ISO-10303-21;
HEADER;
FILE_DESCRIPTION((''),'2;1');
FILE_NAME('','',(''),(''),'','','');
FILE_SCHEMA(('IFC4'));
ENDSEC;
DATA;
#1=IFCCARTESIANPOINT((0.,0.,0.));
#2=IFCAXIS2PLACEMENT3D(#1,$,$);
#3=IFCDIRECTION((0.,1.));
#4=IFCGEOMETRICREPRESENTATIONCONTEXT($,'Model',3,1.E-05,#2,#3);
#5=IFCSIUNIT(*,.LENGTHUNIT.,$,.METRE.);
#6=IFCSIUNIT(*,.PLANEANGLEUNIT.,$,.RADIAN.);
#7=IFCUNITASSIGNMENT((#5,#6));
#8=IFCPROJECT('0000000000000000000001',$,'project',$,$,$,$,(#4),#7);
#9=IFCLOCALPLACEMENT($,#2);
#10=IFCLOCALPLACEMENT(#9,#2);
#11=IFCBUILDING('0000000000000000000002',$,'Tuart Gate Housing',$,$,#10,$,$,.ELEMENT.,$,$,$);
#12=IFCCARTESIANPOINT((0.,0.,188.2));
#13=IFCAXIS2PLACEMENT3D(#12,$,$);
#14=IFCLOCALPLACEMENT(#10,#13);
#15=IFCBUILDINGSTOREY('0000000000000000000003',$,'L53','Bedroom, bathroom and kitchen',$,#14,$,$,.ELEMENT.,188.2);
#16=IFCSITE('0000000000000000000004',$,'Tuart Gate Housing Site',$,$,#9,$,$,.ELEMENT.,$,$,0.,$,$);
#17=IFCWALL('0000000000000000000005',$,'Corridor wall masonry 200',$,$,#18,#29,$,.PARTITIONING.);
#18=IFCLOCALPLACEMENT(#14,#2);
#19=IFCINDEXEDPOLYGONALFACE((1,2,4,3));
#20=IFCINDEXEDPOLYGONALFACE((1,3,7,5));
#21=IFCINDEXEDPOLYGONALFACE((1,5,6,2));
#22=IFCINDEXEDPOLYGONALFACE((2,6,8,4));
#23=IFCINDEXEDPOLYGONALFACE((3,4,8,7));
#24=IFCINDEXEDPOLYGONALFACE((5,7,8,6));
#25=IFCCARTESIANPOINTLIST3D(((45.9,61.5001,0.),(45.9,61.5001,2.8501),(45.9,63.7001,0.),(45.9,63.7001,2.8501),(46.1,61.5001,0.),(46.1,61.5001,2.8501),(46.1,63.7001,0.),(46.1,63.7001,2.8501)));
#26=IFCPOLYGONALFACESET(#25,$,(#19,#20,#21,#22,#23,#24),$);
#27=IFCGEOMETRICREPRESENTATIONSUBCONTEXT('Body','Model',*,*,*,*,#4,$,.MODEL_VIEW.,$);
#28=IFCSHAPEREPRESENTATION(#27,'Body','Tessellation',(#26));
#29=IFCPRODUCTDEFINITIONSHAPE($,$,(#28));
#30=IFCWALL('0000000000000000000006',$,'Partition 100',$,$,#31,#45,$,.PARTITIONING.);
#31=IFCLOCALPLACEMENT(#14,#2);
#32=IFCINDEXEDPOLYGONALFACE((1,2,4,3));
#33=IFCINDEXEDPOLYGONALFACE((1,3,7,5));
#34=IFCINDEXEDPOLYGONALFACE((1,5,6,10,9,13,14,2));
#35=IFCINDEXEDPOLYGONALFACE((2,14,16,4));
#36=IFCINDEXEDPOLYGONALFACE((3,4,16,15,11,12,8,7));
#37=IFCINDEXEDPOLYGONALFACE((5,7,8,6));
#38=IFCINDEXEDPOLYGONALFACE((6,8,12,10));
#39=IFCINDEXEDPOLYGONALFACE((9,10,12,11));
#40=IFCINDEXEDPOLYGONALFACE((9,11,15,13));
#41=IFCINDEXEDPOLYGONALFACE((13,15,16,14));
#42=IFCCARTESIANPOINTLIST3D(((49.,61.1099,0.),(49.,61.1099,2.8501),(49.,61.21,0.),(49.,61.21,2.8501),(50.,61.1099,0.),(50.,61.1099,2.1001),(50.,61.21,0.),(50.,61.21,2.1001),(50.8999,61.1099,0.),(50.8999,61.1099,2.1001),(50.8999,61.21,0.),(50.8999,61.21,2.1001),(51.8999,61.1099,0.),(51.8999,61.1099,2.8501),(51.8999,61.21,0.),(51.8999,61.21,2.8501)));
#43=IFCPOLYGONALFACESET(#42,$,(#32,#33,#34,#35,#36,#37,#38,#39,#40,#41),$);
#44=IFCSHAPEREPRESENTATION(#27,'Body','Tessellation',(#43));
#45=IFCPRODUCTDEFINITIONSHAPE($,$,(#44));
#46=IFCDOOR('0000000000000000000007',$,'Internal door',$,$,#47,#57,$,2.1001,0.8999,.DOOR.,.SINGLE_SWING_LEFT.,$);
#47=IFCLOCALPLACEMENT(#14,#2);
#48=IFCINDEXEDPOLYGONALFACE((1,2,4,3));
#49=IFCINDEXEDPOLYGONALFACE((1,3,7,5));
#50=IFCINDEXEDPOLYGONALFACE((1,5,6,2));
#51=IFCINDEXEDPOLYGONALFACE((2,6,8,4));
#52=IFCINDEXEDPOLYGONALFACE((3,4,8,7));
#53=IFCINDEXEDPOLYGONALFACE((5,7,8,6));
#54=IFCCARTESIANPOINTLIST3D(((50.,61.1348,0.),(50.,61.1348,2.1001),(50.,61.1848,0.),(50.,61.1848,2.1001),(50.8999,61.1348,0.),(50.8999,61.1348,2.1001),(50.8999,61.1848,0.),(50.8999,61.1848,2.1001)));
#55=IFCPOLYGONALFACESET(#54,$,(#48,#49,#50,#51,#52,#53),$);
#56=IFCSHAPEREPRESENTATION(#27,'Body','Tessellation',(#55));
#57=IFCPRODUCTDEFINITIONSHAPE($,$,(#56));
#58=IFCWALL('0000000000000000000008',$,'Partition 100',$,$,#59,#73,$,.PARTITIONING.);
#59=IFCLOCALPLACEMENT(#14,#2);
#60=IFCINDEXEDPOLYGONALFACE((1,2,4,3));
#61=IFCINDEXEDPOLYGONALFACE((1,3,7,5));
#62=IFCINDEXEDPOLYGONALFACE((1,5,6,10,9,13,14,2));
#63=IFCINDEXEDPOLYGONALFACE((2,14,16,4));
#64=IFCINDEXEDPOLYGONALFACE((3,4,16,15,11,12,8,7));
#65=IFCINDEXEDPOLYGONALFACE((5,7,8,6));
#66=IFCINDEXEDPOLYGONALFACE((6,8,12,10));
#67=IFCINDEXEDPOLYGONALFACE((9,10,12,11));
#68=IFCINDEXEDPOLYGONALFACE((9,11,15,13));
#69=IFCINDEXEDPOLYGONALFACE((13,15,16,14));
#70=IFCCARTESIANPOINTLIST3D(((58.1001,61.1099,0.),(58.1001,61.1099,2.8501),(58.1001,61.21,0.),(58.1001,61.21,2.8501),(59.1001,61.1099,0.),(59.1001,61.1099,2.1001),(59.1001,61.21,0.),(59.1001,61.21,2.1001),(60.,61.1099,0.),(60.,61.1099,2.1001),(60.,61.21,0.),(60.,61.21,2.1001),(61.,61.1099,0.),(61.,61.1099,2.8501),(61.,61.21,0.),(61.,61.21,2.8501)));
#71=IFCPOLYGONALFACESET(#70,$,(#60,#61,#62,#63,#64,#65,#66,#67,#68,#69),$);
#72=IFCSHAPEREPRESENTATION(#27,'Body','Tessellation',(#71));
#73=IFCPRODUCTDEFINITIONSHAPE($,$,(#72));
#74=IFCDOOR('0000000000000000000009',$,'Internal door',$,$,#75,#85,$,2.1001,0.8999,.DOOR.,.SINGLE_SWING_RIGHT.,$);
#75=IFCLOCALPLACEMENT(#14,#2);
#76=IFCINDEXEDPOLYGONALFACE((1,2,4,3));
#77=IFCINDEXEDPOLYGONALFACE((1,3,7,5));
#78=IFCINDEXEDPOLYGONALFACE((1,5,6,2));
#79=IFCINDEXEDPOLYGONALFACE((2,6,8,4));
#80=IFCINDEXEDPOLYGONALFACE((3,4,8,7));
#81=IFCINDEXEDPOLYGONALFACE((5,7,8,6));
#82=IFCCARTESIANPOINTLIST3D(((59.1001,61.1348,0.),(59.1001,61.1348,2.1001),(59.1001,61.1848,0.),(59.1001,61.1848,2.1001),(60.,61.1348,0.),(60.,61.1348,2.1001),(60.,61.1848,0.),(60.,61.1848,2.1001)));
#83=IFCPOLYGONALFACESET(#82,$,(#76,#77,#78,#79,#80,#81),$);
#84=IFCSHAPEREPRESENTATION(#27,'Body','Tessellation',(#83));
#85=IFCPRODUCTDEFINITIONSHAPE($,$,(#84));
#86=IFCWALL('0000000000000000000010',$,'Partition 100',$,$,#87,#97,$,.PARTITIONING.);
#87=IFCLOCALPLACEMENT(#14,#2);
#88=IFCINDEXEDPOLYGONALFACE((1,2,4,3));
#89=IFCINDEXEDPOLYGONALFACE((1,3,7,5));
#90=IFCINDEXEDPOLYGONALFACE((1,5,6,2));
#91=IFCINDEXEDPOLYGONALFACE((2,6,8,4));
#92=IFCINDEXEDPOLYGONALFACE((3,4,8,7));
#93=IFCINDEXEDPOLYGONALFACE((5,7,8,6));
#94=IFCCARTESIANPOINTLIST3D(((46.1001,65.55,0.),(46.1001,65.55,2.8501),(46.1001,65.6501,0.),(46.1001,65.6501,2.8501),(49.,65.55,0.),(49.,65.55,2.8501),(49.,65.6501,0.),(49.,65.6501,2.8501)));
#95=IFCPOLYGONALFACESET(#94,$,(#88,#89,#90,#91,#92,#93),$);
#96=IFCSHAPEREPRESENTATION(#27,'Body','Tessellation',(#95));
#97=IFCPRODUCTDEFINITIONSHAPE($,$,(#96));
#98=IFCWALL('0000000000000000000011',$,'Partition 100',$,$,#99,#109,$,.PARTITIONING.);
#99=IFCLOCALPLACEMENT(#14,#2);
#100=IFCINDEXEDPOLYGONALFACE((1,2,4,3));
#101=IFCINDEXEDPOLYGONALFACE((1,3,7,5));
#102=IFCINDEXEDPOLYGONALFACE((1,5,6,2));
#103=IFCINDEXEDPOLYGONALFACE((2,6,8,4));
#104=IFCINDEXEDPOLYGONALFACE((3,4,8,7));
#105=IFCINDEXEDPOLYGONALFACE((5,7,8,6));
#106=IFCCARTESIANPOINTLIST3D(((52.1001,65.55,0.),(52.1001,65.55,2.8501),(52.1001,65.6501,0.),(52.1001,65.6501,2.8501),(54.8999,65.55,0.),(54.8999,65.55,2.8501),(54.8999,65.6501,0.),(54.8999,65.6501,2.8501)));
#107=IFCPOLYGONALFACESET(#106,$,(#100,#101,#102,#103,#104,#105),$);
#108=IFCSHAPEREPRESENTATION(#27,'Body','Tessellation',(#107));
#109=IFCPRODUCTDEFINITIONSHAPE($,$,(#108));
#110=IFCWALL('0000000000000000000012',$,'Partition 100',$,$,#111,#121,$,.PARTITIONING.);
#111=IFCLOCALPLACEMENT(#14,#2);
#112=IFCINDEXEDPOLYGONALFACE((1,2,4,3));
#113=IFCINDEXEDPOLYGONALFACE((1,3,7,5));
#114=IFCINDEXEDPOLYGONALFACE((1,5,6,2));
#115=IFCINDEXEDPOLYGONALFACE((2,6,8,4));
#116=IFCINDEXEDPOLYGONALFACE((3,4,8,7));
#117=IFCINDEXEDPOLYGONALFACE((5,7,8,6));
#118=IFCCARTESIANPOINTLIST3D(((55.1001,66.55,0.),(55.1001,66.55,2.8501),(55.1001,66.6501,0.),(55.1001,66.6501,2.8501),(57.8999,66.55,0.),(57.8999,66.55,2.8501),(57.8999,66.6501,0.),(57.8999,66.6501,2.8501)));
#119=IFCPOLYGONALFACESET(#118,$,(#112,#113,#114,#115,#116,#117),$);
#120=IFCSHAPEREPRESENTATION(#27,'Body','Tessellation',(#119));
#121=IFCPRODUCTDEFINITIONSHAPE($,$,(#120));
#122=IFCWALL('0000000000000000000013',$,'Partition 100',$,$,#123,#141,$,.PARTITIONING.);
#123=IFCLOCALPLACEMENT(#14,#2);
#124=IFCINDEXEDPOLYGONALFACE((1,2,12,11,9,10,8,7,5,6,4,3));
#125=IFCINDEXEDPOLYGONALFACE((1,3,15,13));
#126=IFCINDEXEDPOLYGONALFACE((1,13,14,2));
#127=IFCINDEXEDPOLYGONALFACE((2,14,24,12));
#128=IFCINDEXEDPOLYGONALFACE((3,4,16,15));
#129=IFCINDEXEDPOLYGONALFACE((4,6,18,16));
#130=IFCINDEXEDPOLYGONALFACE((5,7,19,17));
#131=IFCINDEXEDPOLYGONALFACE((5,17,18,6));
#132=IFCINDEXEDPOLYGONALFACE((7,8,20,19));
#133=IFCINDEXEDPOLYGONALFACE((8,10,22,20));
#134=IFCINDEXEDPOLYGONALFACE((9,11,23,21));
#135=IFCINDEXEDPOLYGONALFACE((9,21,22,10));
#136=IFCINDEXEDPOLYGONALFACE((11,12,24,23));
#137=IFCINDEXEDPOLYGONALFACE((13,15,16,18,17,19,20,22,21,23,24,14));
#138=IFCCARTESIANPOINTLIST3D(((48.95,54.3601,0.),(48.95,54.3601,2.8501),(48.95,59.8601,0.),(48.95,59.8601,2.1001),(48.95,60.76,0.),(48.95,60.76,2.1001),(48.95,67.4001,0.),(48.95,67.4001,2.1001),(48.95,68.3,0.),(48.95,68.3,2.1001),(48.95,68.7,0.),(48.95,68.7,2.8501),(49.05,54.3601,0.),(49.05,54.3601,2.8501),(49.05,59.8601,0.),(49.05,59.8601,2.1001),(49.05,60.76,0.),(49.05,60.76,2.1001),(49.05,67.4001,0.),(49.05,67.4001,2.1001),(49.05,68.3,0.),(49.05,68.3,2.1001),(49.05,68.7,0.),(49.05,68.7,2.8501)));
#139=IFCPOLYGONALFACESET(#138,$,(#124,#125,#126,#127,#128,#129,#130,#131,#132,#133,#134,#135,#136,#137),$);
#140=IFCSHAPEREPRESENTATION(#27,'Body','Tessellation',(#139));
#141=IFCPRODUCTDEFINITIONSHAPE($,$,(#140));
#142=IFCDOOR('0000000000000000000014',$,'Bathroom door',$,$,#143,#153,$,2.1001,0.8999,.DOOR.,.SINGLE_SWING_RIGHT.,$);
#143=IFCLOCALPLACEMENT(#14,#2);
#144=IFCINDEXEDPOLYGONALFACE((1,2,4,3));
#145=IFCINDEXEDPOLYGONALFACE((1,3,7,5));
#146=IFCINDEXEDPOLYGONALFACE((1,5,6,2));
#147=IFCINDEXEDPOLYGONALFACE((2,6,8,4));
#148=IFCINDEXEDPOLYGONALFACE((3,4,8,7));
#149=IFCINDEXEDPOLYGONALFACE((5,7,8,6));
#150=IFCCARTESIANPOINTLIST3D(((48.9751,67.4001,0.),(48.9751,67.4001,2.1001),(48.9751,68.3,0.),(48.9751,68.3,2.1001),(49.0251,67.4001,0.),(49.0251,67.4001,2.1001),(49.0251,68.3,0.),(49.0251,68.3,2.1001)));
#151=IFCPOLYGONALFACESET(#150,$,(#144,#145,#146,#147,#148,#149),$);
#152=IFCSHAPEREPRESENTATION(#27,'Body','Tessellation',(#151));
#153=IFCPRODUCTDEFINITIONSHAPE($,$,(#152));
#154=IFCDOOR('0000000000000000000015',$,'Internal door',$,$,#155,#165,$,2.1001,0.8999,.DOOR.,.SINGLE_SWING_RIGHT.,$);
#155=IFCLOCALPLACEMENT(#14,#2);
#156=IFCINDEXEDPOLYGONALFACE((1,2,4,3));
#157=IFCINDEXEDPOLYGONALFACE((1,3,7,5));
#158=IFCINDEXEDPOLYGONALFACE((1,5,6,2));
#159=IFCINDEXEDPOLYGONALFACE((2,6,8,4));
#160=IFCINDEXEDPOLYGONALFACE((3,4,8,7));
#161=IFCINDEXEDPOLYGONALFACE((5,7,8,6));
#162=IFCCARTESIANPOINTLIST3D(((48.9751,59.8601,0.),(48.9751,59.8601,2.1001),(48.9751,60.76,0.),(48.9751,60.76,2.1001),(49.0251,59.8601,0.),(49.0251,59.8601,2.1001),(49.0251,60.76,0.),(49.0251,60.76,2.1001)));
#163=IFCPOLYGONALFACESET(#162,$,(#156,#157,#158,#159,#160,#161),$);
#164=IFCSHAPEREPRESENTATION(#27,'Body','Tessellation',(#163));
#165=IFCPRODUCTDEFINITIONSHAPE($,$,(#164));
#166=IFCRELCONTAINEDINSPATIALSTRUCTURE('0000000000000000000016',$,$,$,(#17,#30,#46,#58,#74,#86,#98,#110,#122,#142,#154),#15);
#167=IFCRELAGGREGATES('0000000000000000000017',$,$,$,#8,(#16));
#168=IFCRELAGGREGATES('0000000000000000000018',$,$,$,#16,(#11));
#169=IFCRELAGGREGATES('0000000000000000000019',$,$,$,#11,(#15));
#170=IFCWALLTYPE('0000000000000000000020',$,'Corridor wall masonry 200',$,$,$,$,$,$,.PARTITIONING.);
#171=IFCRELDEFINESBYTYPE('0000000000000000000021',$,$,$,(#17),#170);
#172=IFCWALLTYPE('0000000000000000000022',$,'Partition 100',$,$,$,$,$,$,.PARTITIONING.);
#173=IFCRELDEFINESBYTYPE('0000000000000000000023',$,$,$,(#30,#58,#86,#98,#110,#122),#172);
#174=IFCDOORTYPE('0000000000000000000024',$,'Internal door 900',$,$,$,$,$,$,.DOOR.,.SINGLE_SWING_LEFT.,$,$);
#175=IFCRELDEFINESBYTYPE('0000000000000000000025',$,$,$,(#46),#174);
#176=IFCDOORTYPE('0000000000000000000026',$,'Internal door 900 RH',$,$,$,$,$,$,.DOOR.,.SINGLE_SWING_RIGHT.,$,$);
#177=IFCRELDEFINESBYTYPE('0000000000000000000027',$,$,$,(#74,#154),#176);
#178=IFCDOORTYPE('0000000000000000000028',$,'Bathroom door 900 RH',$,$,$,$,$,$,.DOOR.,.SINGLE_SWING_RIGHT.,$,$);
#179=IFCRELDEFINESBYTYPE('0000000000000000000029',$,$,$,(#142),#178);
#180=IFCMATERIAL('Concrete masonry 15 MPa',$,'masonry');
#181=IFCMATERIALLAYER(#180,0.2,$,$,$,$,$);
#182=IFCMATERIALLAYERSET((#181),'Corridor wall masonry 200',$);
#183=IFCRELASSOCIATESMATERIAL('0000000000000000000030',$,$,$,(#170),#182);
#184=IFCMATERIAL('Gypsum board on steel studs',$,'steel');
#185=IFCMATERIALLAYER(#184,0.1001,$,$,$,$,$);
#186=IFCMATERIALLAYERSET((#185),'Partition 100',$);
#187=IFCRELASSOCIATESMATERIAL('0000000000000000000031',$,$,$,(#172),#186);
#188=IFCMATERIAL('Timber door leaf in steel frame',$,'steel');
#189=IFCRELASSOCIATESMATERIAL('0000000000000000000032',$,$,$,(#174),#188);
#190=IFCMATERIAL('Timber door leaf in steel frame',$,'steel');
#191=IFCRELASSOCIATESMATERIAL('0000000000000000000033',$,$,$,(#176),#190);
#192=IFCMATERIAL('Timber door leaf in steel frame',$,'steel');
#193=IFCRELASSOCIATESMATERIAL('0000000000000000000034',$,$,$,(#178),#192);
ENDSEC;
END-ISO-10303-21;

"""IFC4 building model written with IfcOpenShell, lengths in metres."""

from ifc_helpers import new_model, si_unit, direction, frame, frame_2d, origin, place, context, subcontext, project, spatial, rectangle, extrude, material, layer, layer_set, type_object, element, fill, save


model = new_model("IFC4")

# Units and contexts
model_context = context("Model", 3, precision=1e-05, world=origin(), true_north=direction((0.0, 1.0)))
body_context = subcontext(model_context, "Body", "Model", "MODEL_VIEW")
ifc_project = project(units=[si_unit("LENGTHUNIT", "METRE"), si_unit("PLANEANGLEUNIT", "RADIAN")], contexts=[model_context])

# Site, building, storey
site_placement = place(None, origin())
site = spatial("IfcSite", under=ifc_project, at=site_placement, Name="Tuart Gate Housing Site", CompositionType="ELEMENT", RefElevation=0.0)
building_placement = place(site_placement, origin())
building = spatial("IfcBuilding", under=site, at=building_placement, Name="Tuart Gate Housing", CompositionType="ELEMENT")
storey_placement = place(building_placement, frame((0.0, 0.0, 188.2)))
storey = spatial("IfcBuildingStorey", under=building, at=storey_placement, Name="L53", Description="Bedroom, bathroom and kitchen", CompositionType="ELEMENT", Elevation=188.2)

# Wall
ifc_material_1 = material(Name="Concrete masonry 15 MPa", Category="masonry")
ifc_layer_1 = layer(ifc_material_1, 0.2)
ifc_layer_set_1 = layer_set([ifc_layer_1], Name="Corridor wall masonry 200")
wall_type_1 = type_object("IfcWallType", Name="Corridor wall masonry 200", PredefinedType="PARTITIONING", material=ifc_layer_set_1)
wall_1_placement = place(storey_placement, frame((46.0, 61.5, 0.0), z_axis=(0.0, 0.0, 1.0), x_axis=(0.0, 1.0, 0.0)))
element("IfcWall", 1, at=wall_1_placement, inside=storey, type_object=wall_type_1, Name="Corridor wall masonry 200", PredefinedType="PARTITIONING", context=body_context, shape_type="SweptSolid", body=[
    extrude(rectangle(XDim=2.2, YDim=0.2, at=frame_2d((1.1001, 0.0))), origin(), (0.0, 0.0, 1.0), 2.8501),
])

# Walls, openings, doors
ifc_material_2 = material(Name="Gypsum board on steel studs", Category="steel")
ifc_layer_2 = layer(ifc_material_2, 0.1001)
ifc_layer_set_2 = layer_set([ifc_layer_2], Name="Partition 100")
wall_type_2 = type_object("IfcWallType", Name="Partition 100", PredefinedType="PARTITIONING", material=ifc_layer_set_2)
wall_2_placement = place(storey_placement, frame((49.0, 61.1599, 0.0), z_axis=(0.0, 0.0, 1.0), x_axis=(1.0, 0.0, 0.0)))
wall_2 = element("IfcWall", 2, at=wall_2_placement, inside=storey, type_object=wall_type_2, Name="Partition 100", PredefinedType="PARTITIONING", context=body_context, shape_type="SweptSolid", body=[
    extrude(rectangle(XDim=2.8999, YDim=0.1001, at=frame_2d((1.45, 0.0))), origin(), (0.0, 0.0, 1.0), 2.8501),
])
opening_1_placement = place(wall_2_placement, frame((1.0, 0.0, 0.0)))
opening_1 = element("IfcOpeningElement", 3, at=opening_1_placement, cuts=wall_2, PredefinedType="OPENING", context=body_context, shape_type="SweptSolid", body=[
    extrude(rectangle(XDim=0.8999, YDim=2.1001, at=frame_2d((0.45, 1.05))), frame((0.0, 0.0601, 0.0), z_axis=(0.0, -1.0, 0.0), x_axis=(1.0, 0.0, 0.0)), (0.0, 0.0, 1.0), 0.1201),
])
ifc_material_3 = material(Name="Timber door leaf in steel frame", Category="steel")
door_type_1 = type_object("IfcDoorType", Name="Internal door 900", OperationType="SINGLE_SWING_LEFT", PredefinedType="DOOR", material=ifc_material_3)
door_1_placement = place(opening_1_placement, origin())
door_1 = element("IfcDoor", 4, at=door_1_placement, inside=storey, type_object=door_type_1, Name="Internal door", OperationType="SINGLE_SWING_LEFT", OverallHeight=2.1001, OverallWidth=0.8999, PredefinedType="DOOR", context=body_context, shape_type="SweptSolid", body=[
    extrude(rectangle(XDim=0.8999, YDim=2.1001, at=frame_2d((0.45, 1.05))), frame((0.0, 0.0249, 0.0), z_axis=(0.0, -1.0, 0.0), x_axis=(1.0, 0.0, 0.0)), (0.0, 0.0, 1.0), 0.05),
])
fill(opening_1, door_1)
wall_3_placement = place(storey_placement, frame((58.1001, 61.1599, 0.0), z_axis=(0.0, 0.0, 1.0), x_axis=(1.0, 0.0, 0.0)))
wall_3 = element("IfcWall", 5, at=wall_3_placement, inside=storey, type_object=wall_type_2, Name="Partition 100", PredefinedType="PARTITIONING", context=body_context, shape_type="SweptSolid", body=[
    extrude(rectangle(XDim=2.8999, YDim=0.1001, at=frame_2d((1.45, 0.0))), origin(), (0.0, 0.0, 1.0), 2.8501),
])
opening_2_placement = place(wall_3_placement, frame((1.0, 0.0, 0.0)))
opening_2 = element("IfcOpeningElement", 6, at=opening_2_placement, cuts=wall_3, PredefinedType="OPENING", context=body_context, shape_type="SweptSolid", body=[
    extrude(rectangle(XDim=0.8999, YDim=2.1001, at=frame_2d((0.45, 1.05))), frame((0.0, 0.0601, 0.0), z_axis=(0.0, -1.0, 0.0), x_axis=(1.0, 0.0, 0.0)), (0.0, 0.0, 1.0), 0.1201),
])
ifc_material_4 = material(Name="Timber door leaf in steel frame", Category="steel")
door_type_2 = type_object("IfcDoorType", Name="Internal door 900 RH", OperationType="SINGLE_SWING_RIGHT", PredefinedType="DOOR", material=ifc_material_4)
door_2_placement = place(opening_2_placement, origin())
door_2 = element("IfcDoor", 7, at=door_2_placement, inside=storey, type_object=door_type_2, Name="Internal door", OperationType="SINGLE_SWING_RIGHT", OverallHeight=2.1001, OverallWidth=0.8999, PredefinedType="DOOR", context=body_context, shape_type="SweptSolid", body=[
    extrude(rectangle(XDim=0.8999, YDim=2.1001, at=frame_2d((0.45, 1.05))), frame((0.0, 0.0249, 0.0), z_axis=(0.0, -1.0, 0.0), x_axis=(1.0, 0.0, 0.0)), (0.0, 0.0, 1.0), 0.05),
])
fill(opening_2, door_2)

# Walls
wall_4_placement = place(storey_placement, frame((46.1001, 65.6001, 0.0), z_axis=(0.0, 0.0, 1.0), x_axis=(1.0, 0.0, 0.0)))
element("IfcWall", 8, at=wall_4_placement, inside=storey, type_object=wall_type_2, Name="Partition 100", PredefinedType="PARTITIONING", context=body_context, shape_type="SweptSolid", body=[
    extrude(rectangle(XDim=2.8999, YDim=0.1001, at=frame_2d((1.45, 0.0))), origin(), (0.0, 0.0, 1.0), 2.8501),
])
for number, where, z_axis, x_axis, name in (
    (9, (52.1001, 65.6001, 0.0), (0.0, 0.0, 1.0), (1.0, 0.0, 0.0), "Partition 100"),
    (10, (55.1001, 66.6001, 0.0), (0.0, 0.0, 1.0), (1.0, 0.0, 0.0), "Partition 100"),
):
    element("IfcWall", number, at=place(storey_placement, frame(where, z_axis=z_axis, x_axis=x_axis)), inside=storey, type_object=wall_type_2, Name=name, PredefinedType="PARTITIONING", context=body_context, shape_type="SweptSolid", body=[
        extrude(rectangle(XDim=2.7998, YDim=0.1001, at=frame_2d((1.3999, 0.0))), origin(), (0.0, 0.0, 1.0), 2.8501),
    ])

# Wall, openings, doors
wall_5_placement = place(storey_placement, frame((49.0, 54.3601, 0.0), z_axis=(0.0, 0.0, 1.0), x_axis=(0.0, 1.0, 0.0)))
wall_5 = element("IfcWall", 11, at=wall_5_placement, inside=storey, type_object=wall_type_2, Name="Partition 100", PredefinedType="PARTITIONING", context=body_context, shape_type="SweptSolid", body=[
    extrude(rectangle(XDim=14.3398, YDim=0.1001, at=frame_2d((7.1699, 0.0))), origin(), (0.0, 0.0, 1.0), 2.8501),
])
opening_3_placement = place(wall_5_placement, frame((5.5, 0.0, 0.0)))
opening_3 = element("IfcOpeningElement", 12, at=opening_3_placement, cuts=wall_5, PredefinedType="OPENING", context=body_context, shape_type="SweptSolid", body=[
    extrude(rectangle(XDim=0.8999, YDim=2.1001, at=frame_2d((0.45, 1.05))), frame((0.0, 0.0601, 0.0), z_axis=(0.0, -1.0, 0.0), x_axis=(1.0, 0.0, 0.0)), (0.0, 0.0, 1.0), 0.1201),
])
opening_4_placement = place(wall_5_placement, frame((13.04, 0.0, 0.0)))
opening_4 = element("IfcOpeningElement", 13, at=opening_4_placement, cuts=wall_5, PredefinedType="OPENING", context=body_context, shape_type="SweptSolid", body=[
    extrude(rectangle(XDim=0.8999, YDim=2.1001, at=frame_2d((0.45, 1.05))), frame((0.0, 0.0601, 0.0), z_axis=(0.0, -1.0, 0.0), x_axis=(1.0, 0.0, 0.0)), (0.0, 0.0, 1.0), 0.1201),
])
ifc_material_5 = material(Name="Timber door leaf in steel frame", Category="steel")
door_type_3 = type_object("IfcDoorType", Name="Bathroom door 900 RH", OperationType="SINGLE_SWING_RIGHT", PredefinedType="DOOR", material=ifc_material_5)
door_3_placement = place(opening_4_placement, origin())
door_3 = element("IfcDoor", 14, at=door_3_placement, inside=storey, type_object=door_type_3, Name="Bathroom door", OperationType="SINGLE_SWING_RIGHT", OverallHeight=2.1001, OverallWidth=0.8999, PredefinedType="DOOR", context=body_context, shape_type="SweptSolid", body=[
    extrude(rectangle(XDim=0.8999, YDim=2.1001, at=frame_2d((0.45, 1.05))), frame((0.0, 0.0249, 0.0), z_axis=(0.0, -1.0, 0.0), x_axis=(1.0, 0.0, 0.0)), (0.0, 0.0, 1.0), 0.05),
])
fill(opening_4, door_3)
door_4_placement = place(opening_3_placement, origin())
door_4 = element("IfcDoor", 15, at=door_4_placement, inside=storey, type_object=door_type_2, Name="Internal door", OperationType="SINGLE_SWING_RIGHT", OverallHeight=2.1001, OverallWidth=0.8999, PredefinedType="DOOR", context=body_context, shape_type="SweptSolid", body=[
    extrude(rectangle(XDim=0.8999, YDim=2.1001, at=frame_2d((0.45, 1.05))), frame((0.0, 0.0249, 0.0), z_axis=(0.0, -1.0, 0.0), x_axis=(1.0, 0.0, 0.0)), (0.0, 0.0, 1.0), 0.05),
])
fill(opening_3, door_4)

save(model, "model.ifc")
